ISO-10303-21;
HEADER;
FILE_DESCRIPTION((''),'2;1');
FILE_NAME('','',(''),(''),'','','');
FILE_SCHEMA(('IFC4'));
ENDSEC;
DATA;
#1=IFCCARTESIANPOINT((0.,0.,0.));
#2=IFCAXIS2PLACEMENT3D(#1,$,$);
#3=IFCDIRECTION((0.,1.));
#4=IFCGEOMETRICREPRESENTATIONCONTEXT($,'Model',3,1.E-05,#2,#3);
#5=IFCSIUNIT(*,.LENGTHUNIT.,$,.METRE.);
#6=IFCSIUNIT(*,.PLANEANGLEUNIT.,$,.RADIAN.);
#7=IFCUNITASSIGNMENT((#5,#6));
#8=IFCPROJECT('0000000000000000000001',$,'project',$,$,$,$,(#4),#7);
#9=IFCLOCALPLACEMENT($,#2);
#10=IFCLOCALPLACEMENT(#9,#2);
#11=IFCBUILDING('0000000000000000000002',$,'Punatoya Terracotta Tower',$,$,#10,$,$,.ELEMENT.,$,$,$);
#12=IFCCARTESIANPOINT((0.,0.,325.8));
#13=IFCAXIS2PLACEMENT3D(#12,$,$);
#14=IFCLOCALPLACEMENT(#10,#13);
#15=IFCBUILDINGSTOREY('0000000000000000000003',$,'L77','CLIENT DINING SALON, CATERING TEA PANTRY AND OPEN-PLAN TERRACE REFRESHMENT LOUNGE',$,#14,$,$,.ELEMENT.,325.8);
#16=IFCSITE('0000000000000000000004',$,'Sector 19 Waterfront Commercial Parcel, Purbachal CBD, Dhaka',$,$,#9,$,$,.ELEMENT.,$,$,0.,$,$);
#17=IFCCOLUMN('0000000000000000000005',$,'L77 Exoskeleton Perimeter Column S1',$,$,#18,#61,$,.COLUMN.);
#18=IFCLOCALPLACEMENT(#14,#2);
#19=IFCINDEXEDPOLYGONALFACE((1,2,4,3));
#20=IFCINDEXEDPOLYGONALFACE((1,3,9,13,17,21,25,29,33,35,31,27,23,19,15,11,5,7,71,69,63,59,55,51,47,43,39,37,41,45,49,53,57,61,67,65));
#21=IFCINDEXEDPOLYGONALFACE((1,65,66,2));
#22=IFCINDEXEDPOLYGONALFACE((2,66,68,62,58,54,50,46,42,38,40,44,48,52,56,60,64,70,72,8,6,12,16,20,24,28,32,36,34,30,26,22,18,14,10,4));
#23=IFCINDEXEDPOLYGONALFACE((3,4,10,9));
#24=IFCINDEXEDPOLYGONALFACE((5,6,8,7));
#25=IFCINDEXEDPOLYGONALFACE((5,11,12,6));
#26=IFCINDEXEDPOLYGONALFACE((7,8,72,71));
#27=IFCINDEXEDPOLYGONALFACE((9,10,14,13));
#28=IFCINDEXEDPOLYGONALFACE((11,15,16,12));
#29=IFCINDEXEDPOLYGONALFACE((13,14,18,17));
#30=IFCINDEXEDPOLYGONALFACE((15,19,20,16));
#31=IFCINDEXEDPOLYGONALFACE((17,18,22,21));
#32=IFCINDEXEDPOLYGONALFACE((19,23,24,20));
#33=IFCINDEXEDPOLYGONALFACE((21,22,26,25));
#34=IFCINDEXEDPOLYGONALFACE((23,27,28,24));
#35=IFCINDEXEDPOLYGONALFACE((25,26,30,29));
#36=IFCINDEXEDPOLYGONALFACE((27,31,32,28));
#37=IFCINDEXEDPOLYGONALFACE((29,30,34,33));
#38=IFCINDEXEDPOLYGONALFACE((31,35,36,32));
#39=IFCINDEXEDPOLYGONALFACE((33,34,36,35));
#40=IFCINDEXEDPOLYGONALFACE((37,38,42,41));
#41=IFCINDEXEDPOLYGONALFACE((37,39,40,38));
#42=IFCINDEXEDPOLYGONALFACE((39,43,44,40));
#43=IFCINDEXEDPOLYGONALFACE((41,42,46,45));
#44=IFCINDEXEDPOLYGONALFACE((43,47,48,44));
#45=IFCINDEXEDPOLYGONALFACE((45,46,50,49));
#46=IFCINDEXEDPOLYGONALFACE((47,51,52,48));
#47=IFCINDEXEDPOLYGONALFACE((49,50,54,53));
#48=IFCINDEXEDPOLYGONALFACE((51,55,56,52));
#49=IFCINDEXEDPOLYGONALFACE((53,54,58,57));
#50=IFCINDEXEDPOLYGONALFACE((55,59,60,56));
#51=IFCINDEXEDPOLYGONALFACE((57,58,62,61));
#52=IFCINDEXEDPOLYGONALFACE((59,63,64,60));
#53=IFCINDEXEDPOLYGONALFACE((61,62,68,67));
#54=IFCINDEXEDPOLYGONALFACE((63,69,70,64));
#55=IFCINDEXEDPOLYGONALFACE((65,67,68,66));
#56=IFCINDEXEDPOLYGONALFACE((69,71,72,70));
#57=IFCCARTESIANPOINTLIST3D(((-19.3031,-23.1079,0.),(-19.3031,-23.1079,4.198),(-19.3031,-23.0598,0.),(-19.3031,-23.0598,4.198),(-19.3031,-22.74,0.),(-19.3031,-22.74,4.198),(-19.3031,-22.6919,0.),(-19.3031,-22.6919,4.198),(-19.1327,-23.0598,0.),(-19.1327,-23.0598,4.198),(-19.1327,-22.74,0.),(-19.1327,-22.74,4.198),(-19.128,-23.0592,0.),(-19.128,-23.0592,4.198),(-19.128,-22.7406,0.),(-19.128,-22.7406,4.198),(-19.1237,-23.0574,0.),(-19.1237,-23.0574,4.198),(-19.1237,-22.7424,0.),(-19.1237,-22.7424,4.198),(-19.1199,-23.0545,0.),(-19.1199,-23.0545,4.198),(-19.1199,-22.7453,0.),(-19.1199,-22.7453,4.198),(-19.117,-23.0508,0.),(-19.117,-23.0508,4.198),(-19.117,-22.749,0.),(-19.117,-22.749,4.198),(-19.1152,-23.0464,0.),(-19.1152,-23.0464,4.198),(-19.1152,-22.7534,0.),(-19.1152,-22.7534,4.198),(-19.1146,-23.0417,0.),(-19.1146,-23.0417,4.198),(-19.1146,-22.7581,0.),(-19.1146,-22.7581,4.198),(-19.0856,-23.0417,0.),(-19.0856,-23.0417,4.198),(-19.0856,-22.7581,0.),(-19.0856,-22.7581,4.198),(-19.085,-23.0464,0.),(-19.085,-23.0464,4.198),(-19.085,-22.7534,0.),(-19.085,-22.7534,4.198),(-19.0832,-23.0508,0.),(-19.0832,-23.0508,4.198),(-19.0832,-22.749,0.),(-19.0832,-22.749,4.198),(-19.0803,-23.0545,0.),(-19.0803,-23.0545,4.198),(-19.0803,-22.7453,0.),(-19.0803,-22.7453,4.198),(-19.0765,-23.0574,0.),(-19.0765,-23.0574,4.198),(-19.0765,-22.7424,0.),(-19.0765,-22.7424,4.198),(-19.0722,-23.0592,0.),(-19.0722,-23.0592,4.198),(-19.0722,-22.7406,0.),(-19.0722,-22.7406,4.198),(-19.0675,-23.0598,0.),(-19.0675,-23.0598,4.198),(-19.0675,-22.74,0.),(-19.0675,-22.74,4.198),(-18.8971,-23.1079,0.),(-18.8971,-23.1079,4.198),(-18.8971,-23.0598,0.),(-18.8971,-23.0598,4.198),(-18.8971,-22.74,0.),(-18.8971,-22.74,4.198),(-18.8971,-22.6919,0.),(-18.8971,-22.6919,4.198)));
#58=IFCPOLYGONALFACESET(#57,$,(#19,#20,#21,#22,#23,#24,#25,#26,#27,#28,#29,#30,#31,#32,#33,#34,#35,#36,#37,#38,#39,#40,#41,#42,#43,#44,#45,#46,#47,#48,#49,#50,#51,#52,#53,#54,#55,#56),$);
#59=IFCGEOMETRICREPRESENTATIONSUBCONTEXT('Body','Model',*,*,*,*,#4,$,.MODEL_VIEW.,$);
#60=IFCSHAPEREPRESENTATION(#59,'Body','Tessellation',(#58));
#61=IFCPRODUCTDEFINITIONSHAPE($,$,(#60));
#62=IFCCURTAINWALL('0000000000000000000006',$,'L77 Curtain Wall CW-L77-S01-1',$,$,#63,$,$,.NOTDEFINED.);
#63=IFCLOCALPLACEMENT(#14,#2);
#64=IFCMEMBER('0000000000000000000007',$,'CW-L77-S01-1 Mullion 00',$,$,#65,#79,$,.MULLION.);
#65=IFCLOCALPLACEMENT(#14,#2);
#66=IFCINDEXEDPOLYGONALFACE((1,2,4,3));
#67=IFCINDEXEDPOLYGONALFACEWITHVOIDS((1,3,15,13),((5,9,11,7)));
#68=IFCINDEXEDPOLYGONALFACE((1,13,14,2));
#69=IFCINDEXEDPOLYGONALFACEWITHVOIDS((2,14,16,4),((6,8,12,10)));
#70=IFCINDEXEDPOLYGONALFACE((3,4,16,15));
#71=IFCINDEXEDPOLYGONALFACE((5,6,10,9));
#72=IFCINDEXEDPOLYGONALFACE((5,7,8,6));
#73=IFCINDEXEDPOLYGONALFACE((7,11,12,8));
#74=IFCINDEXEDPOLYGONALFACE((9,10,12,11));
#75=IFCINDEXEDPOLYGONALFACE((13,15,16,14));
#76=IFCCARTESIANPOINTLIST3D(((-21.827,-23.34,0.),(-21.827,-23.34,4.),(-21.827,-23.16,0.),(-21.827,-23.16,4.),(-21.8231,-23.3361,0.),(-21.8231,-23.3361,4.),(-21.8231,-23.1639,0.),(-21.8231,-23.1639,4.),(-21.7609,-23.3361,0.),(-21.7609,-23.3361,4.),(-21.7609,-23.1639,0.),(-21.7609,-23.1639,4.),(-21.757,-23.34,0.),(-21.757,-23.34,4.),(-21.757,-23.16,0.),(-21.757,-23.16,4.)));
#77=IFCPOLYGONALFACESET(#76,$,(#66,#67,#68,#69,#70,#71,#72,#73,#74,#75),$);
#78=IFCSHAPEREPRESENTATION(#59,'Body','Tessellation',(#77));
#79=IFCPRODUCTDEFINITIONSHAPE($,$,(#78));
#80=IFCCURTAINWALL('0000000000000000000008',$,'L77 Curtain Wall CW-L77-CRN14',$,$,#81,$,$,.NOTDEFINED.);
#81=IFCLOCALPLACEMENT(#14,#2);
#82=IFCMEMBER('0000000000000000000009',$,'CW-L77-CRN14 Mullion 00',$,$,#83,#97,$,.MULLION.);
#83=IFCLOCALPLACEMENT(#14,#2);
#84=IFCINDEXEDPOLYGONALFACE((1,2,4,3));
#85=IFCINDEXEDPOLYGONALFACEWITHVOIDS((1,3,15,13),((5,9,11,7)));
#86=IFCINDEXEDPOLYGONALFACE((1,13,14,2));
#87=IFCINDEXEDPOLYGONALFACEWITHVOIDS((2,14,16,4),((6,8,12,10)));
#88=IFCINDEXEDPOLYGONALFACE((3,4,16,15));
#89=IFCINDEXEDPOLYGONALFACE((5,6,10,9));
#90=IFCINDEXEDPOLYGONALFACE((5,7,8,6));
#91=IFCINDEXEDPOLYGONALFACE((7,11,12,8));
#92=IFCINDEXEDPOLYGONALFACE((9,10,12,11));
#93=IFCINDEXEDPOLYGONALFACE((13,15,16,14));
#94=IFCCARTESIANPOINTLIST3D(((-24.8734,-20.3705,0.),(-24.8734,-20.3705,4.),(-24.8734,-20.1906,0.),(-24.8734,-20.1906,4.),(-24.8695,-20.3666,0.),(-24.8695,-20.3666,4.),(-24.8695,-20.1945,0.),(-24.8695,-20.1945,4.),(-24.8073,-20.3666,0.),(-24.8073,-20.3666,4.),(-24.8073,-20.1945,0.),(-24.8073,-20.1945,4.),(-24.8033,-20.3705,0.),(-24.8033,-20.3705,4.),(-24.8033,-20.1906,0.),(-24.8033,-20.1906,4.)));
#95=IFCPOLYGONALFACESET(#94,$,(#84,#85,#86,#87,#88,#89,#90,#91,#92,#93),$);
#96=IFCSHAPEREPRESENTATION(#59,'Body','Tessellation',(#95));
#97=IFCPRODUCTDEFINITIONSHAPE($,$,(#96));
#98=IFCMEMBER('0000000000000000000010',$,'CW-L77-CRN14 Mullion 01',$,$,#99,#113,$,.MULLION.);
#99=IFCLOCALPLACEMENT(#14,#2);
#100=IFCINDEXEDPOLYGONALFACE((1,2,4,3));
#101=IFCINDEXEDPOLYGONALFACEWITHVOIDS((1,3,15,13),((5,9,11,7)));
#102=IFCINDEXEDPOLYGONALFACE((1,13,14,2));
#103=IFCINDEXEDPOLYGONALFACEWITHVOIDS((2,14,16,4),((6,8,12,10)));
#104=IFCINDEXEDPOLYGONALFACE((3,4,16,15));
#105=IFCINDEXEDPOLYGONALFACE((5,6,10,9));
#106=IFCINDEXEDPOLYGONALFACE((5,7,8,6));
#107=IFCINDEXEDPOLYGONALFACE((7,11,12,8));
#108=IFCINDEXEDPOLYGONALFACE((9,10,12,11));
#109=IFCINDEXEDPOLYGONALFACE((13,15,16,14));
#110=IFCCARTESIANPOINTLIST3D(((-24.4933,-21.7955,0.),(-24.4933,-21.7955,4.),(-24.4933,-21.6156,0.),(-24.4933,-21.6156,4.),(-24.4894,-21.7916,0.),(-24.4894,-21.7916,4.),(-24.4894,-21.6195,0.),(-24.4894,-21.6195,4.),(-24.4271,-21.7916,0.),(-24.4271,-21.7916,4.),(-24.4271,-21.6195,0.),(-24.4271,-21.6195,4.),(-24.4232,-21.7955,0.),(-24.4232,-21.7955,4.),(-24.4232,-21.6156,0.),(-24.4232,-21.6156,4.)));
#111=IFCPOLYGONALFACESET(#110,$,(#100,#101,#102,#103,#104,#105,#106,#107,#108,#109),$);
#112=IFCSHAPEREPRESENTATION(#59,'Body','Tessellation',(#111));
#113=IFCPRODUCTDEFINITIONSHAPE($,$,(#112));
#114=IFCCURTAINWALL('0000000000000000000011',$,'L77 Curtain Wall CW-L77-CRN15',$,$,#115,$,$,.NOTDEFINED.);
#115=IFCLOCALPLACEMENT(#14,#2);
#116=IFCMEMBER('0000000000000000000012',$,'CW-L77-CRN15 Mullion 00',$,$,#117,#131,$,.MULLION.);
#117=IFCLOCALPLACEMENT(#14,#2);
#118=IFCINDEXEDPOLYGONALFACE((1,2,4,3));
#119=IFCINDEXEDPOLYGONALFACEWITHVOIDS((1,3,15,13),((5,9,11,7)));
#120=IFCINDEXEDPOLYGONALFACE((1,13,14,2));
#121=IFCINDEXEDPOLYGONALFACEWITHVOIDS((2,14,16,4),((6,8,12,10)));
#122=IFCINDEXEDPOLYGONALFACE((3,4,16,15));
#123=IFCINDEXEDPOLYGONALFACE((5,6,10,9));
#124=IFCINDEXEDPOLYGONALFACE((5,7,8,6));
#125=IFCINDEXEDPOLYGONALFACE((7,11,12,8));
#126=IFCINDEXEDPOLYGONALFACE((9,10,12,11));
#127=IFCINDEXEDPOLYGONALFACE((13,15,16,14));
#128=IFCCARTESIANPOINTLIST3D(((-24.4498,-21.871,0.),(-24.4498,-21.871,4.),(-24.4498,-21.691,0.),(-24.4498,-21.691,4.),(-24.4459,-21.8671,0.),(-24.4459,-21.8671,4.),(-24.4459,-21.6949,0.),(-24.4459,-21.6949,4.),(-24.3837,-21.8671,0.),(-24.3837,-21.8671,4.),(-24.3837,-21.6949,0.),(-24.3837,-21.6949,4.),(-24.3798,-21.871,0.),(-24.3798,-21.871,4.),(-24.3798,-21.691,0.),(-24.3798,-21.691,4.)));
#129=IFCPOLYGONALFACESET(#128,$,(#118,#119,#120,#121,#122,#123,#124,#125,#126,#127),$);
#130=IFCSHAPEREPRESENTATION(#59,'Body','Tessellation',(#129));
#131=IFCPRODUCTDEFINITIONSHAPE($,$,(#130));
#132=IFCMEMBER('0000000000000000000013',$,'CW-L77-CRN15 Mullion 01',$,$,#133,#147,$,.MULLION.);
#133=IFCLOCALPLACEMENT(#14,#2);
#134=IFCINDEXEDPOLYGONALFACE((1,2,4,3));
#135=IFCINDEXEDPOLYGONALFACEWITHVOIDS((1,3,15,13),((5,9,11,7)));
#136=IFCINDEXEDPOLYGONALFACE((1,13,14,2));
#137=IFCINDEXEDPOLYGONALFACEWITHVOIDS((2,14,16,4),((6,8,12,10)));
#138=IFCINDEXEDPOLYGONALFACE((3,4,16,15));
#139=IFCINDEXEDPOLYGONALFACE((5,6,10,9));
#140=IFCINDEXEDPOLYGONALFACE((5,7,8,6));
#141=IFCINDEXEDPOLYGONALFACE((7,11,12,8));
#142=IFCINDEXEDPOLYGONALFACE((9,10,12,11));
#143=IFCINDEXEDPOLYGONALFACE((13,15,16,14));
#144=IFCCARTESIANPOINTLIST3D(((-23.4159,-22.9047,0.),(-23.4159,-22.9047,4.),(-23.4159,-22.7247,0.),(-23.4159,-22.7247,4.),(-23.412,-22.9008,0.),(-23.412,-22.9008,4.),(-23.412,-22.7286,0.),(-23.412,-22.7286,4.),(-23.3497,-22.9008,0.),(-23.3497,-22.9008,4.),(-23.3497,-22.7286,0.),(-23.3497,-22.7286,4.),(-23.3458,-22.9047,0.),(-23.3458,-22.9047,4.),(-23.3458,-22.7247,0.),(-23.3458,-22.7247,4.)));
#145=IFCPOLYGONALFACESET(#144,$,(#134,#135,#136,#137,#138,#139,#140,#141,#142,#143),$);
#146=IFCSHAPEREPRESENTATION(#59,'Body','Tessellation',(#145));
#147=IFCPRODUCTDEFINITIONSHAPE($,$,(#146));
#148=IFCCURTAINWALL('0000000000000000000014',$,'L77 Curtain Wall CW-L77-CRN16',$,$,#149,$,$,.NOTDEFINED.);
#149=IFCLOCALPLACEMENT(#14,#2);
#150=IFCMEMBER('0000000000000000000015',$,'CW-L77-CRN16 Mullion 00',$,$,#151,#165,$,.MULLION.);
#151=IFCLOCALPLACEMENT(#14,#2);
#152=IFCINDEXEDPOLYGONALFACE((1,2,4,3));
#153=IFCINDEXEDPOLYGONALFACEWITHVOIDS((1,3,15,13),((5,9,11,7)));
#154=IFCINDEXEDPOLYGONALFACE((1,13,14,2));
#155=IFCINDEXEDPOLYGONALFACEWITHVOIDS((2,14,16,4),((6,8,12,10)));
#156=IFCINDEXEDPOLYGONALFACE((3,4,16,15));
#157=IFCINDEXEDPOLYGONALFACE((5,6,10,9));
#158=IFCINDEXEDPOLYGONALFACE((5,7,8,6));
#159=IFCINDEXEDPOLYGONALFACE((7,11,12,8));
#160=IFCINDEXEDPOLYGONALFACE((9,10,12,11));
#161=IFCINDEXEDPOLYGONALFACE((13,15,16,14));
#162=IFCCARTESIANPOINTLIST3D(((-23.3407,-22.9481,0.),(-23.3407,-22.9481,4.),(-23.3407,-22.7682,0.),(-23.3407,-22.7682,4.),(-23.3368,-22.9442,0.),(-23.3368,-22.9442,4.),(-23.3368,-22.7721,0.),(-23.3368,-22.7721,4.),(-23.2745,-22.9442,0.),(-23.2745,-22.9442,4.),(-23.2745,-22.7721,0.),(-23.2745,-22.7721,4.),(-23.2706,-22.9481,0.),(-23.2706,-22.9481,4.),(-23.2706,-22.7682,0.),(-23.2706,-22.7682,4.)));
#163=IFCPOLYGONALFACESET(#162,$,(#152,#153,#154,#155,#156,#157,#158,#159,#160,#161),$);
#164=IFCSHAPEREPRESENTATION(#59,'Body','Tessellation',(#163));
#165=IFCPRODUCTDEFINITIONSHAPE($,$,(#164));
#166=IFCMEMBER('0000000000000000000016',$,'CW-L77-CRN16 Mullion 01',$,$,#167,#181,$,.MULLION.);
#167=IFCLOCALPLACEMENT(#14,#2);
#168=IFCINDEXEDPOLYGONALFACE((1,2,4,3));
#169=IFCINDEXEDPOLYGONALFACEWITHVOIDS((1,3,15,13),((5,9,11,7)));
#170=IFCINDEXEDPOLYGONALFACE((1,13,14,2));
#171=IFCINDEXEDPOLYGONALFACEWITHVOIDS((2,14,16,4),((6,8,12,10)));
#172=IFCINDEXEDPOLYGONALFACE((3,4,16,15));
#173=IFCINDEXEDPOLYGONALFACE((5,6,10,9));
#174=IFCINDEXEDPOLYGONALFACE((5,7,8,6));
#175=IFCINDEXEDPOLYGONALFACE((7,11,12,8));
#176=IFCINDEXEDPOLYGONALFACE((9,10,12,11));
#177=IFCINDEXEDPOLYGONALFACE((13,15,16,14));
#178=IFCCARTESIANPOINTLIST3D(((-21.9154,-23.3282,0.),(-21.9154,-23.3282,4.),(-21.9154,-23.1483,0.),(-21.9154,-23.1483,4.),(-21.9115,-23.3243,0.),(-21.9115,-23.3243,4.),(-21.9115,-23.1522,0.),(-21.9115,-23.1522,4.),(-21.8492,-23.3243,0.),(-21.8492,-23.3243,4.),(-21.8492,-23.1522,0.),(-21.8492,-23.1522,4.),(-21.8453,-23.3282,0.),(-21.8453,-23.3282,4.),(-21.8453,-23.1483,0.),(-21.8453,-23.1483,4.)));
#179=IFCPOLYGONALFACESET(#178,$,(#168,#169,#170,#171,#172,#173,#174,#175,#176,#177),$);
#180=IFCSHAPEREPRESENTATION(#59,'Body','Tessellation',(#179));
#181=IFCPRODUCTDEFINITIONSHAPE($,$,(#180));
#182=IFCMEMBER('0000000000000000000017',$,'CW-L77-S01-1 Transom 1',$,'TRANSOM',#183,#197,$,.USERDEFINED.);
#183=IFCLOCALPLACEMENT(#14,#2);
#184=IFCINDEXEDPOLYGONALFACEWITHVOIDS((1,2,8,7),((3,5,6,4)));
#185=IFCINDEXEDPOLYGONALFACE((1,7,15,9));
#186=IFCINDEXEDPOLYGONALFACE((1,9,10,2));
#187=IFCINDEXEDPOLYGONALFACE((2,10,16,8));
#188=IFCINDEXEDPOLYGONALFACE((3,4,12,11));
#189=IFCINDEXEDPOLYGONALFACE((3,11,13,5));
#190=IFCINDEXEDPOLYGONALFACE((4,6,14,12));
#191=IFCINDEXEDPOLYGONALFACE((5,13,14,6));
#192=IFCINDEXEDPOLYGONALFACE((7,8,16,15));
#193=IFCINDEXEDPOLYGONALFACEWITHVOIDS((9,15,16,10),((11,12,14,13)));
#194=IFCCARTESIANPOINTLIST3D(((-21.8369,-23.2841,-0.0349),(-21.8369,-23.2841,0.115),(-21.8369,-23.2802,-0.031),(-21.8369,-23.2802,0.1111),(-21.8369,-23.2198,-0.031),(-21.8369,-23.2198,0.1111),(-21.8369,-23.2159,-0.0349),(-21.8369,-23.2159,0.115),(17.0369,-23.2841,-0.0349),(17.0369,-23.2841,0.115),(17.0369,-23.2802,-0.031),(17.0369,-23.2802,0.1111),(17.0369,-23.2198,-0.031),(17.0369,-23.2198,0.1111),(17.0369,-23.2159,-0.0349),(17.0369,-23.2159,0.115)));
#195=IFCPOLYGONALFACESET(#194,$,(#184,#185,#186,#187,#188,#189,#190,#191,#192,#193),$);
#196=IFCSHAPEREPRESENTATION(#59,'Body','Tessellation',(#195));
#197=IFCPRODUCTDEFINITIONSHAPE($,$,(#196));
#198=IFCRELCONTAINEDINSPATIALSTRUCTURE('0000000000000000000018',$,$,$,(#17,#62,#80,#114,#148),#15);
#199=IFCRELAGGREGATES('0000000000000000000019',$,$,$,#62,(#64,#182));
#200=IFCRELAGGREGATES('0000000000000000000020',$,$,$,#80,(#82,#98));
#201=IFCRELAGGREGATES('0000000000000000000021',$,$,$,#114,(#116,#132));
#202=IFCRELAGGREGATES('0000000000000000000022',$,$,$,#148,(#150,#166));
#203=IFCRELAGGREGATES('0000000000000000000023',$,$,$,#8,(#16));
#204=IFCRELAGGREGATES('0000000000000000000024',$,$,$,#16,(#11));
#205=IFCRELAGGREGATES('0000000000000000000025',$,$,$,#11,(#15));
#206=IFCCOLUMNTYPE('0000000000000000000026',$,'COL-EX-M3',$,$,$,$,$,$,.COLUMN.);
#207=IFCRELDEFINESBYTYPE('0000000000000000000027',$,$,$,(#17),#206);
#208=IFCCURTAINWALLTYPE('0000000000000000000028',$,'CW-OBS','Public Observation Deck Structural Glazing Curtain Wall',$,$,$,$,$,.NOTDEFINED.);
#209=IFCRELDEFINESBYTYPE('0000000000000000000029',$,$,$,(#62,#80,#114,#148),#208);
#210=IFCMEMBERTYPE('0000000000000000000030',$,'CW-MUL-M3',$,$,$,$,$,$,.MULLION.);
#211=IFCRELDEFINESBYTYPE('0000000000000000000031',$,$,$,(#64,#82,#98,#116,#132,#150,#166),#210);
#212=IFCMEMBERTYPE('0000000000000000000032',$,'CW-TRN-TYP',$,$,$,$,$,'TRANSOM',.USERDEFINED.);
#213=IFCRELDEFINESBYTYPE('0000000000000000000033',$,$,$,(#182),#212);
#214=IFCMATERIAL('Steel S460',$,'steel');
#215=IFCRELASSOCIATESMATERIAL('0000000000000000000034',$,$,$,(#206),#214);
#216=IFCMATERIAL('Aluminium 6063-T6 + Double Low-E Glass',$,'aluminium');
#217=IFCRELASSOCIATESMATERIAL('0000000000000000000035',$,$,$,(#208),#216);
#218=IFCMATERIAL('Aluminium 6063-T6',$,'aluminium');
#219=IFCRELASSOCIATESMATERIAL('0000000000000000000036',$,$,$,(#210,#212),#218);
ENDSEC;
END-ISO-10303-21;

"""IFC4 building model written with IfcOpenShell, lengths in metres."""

from ifc_helpers import new_model, si_unit, direction, frame, origin, origin_2d, place, context, subcontext, project, spatial, hollow_rectangle, i_section, extrude, material, material_profile, profile_set, type_object, element, aggregate, save


model = new_model("IFC4")

# Units and contexts
model_context = context("Model", 3, precision=1e-05, world=origin(), true_north=direction((0.0, 1.0)))
body_context = subcontext(model_context, "Body", "Model", "MODEL_VIEW")
ifc_project = project(units=[si_unit("LENGTHUNIT", "METRE"), si_unit("PLANEANGLEUNIT", "RADIAN")], contexts=[model_context])

# Site, building, storey
site_placement = place(None, origin())
site = spatial("IfcSite", under=ifc_project, at=site_placement, Name="Sector 19 Waterfront Commercial Parcel, Purbachal CBD, Dhaka", CompositionType="ELEMENT", RefElevation=0.0)
building_placement = place(site_placement, origin())
building = spatial("IfcBuilding", under=site, at=building_placement, Name="Punatoya Terracotta Tower", CompositionType="ELEMENT")
storey_placement = place(building_placement, frame((0.0, 0.0, 325.8)))
storey = spatial("IfcBuildingStorey", under=building, at=storey_placement, Name="L77", Description="CLIENT DINING SALON, CATERING TEA PANTRY AND OPEN-PLAN TERRACE REFRESHMENT LOUNGE", CompositionType="ELEMENT", Elevation=325.8)

# Column
ifc_material_1 = material(Name="Steel S460", Category="steel")
ifc_material_profile_1 = material_profile(ifc_material_1, i_section(OverallWidth=0.406, OverallDepth=0.416, WebThickness=0.0291, FlangeThickness=0.0481, FilletRadius=0.0181, at=origin_2d()))
ifc_profile_set_1 = profile_set([ifc_material_profile_1], Name="Steel S460")
column_type = type_object("IfcColumnType", Name="COL-EX-M3", PredefinedType="COLUMN", material=ifc_profile_set_1)
column_placement = place(storey_placement, frame((-19.1001, -22.8999, 0.0), z_axis=(0.0, 0.0, 1.0), x_axis=(1.0, 0.0, 0.0)))
element("IfcColumn", 1, at=column_placement, inside=storey, type_object=column_type, Name="L77 Exoskeleton Perimeter Column S1", PredefinedType="COLUMN", context=body_context, shape_type="SweptSolid", body=[
    extrude(i_section(OverallWidth=0.406, OverallDepth=0.416, WebThickness=0.0291, FlangeThickness=0.0481, FilletRadius=0.0181, at=origin_2d()), origin(), (0.0, 0.0, 1.0), 4.198),
])

# Curtain wall, member
ifc_material_2 = material(Name="Aluminium 6063-T6 + Double Low-E Glass", Category="aluminium")
curtain_wall_type = type_object("IfcCurtainWallType", Name="CW-OBS", Description="Public Observation Deck Structural Glazing Curtain Wall", PredefinedType="NOTDEFINED", material=ifc_material_2)
curtain_wall_1_placement = place(storey_placement, origin())
curtain_wall_1 = element("IfcCurtainWall", 2, at=curtain_wall_1_placement, inside=storey, type_object=curtain_wall_type, Name="L77 Curtain Wall CW-L77-S01-1", PredefinedType="NOTDEFINED")
ifc_material_3 = material(Name="Aluminium 6063-T6", Category="aluminium")
ifc_material_profile_2 = material_profile(ifc_material_3, hollow_rectangle(XDim=0.0701, YDim=0.1799, WallThickness=0.0039, at=origin_2d()))
ifc_profile_set_2 = profile_set([ifc_material_profile_2], Name="Aluminium 6063-T6")
member_type_1 = type_object("IfcMemberType", Name="CW-MUL-M3", PredefinedType="MULLION", material=ifc_profile_set_2)
member_1_placement = place(storey_placement, frame((-21.792, -23.25, 0.0), z_axis=(0.0, 0.0, 1.0), x_axis=(1.0, 0.0, 0.0)))
member_1 = element("IfcMember", 3, at=member_1_placement, type_object=member_type_1, Name="CW-L77-S01-1 Mullion 00", PredefinedType="MULLION", context=body_context, shape_type="SweptSolid", body=[
    extrude(hollow_rectangle(XDim=0.0701, YDim=0.1799, WallThickness=0.0039, at=origin_2d()), origin(), (0.0, 0.0, 1.0), 4.0),
])

# Curtain walls, members
curtain_wall_2_placement = place(storey_placement, origin())
curtain_wall_2 = element("IfcCurtainWall", 4, at=curtain_wall_2_placement, inside=storey, type_object=curtain_wall_type, Name="L77 Curtain Wall CW-L77-CRN14", PredefinedType="NOTDEFINED")
member_2_placement = place(storey_placement, frame((-24.8384, -20.2805, 0.0), z_axis=(0.0, 0.0, 1.0), x_axis=(1.0, 0.0, 0.0)))
member_2 = element("IfcMember", 5, at=member_2_placement, type_object=member_type_1, Name="CW-L77-CRN14 Mullion 00", PredefinedType="MULLION", context=body_context, shape_type="SweptSolid", body=[
    extrude(hollow_rectangle(XDim=0.0701, YDim=0.1799, WallThickness=0.0039, at=origin_2d()), origin(), (0.0, 0.0, 1.0), 4.0),
])
member_3_placement = place(storey_placement, frame((-24.4583, -21.7056, 0.0), z_axis=(0.0, 0.0, 1.0), x_axis=(1.0, 0.0, 0.0)))
member_3 = element("IfcMember", 6, at=member_3_placement, type_object=member_type_1, Name="CW-L77-CRN14 Mullion 01", PredefinedType="MULLION", context=body_context, shape_type="SweptSolid", body=[
    extrude(hollow_rectangle(XDim=0.0701, YDim=0.1799, WallThickness=0.0039, at=origin_2d()), origin(), (0.0, 0.0, 1.0), 4.0),
])
curtain_wall_3_placement = place(storey_placement, origin())
curtain_wall_3 = element("IfcCurtainWall", 7, at=curtain_wall_3_placement, inside=storey, type_object=curtain_wall_type, Name="L77 Curtain Wall CW-L77-CRN15", PredefinedType="NOTDEFINED")
member_4_placement = place(storey_placement, frame((-24.4148, -21.781, 0.0), z_axis=(0.0, 0.0, 1.0), x_axis=(1.0, 0.0, 0.0)))
member_4 = element("IfcMember", 8, at=member_4_placement, type_object=member_type_1, Name="CW-L77-CRN15 Mullion 00", PredefinedType="MULLION", context=body_context, shape_type="SweptSolid", body=[
    extrude(hollow_rectangle(XDim=0.0701, YDim=0.1799, WallThickness=0.0039, at=origin_2d()), origin(), (0.0, 0.0, 1.0), 4.0),
])
member_5_placement = place(storey_placement, frame((-23.3809, -22.8147, 0.0), z_axis=(0.0, 0.0, 1.0), x_axis=(1.0, 0.0, 0.0)))
member_5 = element("IfcMember", 9, at=member_5_placement, type_object=member_type_1, Name="CW-L77-CRN15 Mullion 01", PredefinedType="MULLION", context=body_context, shape_type="SweptSolid", body=[
    extrude(hollow_rectangle(XDim=0.0701, YDim=0.1799, WallThickness=0.0039, at=origin_2d()), origin(), (0.0, 0.0, 1.0), 4.0),
])
curtain_wall_4_placement = place(storey_placement, origin())
curtain_wall_4 = element("IfcCurtainWall", 10, at=curtain_wall_4_placement, inside=storey, type_object=curtain_wall_type, Name="L77 Curtain Wall CW-L77-CRN16", PredefinedType="NOTDEFINED")
member_6_placement = place(storey_placement, frame((-23.3057, -22.8582, 0.0), z_axis=(0.0, 0.0, 1.0), x_axis=(1.0, 0.0, 0.0)))
member_6 = element("IfcMember", 11, at=member_6_placement, type_object=member_type_1, Name="CW-L77-CRN16 Mullion 00", PredefinedType="MULLION", context=body_context, shape_type="SweptSolid", body=[
    extrude(hollow_rectangle(XDim=0.0701, YDim=0.1799, WallThickness=0.0039, at=origin_2d()), origin(), (0.0, 0.0, 1.0), 4.0),
])
member_7_placement = place(storey_placement, frame((-21.8804, -23.2383, 0.0), z_axis=(0.0, 0.0, 1.0), x_axis=(1.0, 0.0, 0.0)))
member_7 = element("IfcMember", 12, at=member_7_placement, type_object=member_type_1, Name="CW-L77-CRN16 Mullion 01", PredefinedType="MULLION", context=body_context, shape_type="SweptSolid", body=[
    extrude(hollow_rectangle(XDim=0.0701, YDim=0.1799, WallThickness=0.0039, at=origin_2d()), origin(), (0.0, 0.0, 1.0), 4.0),
])

# Member
ifc_material_profile_3 = material_profile(ifc_material_3, hollow_rectangle(XDim=0.0681, YDim=0.1499, WallThickness=0.0039, at=origin_2d()))
ifc_profile_set_3 = profile_set([ifc_material_profile_3], Name="Aluminium 6063-T6")
member_type_2 = type_object("IfcMemberType", Name="CW-TRN-TYP", ElementType="TRANSOM", PredefinedType="USERDEFINED", material=ifc_profile_set_3)
member_8_placement = place(storey_placement, frame((-21.8369, -23.25, 0.04), z_axis=(1.0, 0.0, 0.0), x_axis=(0.0, 1.0, 0.0)))
member_8 = element("IfcMember", 13, at=member_8_placement, type_object=member_type_2, Name="CW-L77-S01-1 Transom 1", ObjectType="TRANSOM", PredefinedType="USERDEFINED", context=body_context, shape_type="SweptSolid", body=[
    extrude(hollow_rectangle(XDim=0.0681, YDim=0.1499, WallThickness=0.0039, at=origin_2d()), origin(), (0.0, 0.0, 1.0), 38.8738),
])

aggregate(curtain_wall_1, [member_1, member_8])
aggregate(curtain_wall_2, [member_2, member_3])
aggregate(curtain_wall_3, [member_4, member_5])
aggregate(curtain_wall_4, [member_6, member_7])

save(model, "model.ifc")
